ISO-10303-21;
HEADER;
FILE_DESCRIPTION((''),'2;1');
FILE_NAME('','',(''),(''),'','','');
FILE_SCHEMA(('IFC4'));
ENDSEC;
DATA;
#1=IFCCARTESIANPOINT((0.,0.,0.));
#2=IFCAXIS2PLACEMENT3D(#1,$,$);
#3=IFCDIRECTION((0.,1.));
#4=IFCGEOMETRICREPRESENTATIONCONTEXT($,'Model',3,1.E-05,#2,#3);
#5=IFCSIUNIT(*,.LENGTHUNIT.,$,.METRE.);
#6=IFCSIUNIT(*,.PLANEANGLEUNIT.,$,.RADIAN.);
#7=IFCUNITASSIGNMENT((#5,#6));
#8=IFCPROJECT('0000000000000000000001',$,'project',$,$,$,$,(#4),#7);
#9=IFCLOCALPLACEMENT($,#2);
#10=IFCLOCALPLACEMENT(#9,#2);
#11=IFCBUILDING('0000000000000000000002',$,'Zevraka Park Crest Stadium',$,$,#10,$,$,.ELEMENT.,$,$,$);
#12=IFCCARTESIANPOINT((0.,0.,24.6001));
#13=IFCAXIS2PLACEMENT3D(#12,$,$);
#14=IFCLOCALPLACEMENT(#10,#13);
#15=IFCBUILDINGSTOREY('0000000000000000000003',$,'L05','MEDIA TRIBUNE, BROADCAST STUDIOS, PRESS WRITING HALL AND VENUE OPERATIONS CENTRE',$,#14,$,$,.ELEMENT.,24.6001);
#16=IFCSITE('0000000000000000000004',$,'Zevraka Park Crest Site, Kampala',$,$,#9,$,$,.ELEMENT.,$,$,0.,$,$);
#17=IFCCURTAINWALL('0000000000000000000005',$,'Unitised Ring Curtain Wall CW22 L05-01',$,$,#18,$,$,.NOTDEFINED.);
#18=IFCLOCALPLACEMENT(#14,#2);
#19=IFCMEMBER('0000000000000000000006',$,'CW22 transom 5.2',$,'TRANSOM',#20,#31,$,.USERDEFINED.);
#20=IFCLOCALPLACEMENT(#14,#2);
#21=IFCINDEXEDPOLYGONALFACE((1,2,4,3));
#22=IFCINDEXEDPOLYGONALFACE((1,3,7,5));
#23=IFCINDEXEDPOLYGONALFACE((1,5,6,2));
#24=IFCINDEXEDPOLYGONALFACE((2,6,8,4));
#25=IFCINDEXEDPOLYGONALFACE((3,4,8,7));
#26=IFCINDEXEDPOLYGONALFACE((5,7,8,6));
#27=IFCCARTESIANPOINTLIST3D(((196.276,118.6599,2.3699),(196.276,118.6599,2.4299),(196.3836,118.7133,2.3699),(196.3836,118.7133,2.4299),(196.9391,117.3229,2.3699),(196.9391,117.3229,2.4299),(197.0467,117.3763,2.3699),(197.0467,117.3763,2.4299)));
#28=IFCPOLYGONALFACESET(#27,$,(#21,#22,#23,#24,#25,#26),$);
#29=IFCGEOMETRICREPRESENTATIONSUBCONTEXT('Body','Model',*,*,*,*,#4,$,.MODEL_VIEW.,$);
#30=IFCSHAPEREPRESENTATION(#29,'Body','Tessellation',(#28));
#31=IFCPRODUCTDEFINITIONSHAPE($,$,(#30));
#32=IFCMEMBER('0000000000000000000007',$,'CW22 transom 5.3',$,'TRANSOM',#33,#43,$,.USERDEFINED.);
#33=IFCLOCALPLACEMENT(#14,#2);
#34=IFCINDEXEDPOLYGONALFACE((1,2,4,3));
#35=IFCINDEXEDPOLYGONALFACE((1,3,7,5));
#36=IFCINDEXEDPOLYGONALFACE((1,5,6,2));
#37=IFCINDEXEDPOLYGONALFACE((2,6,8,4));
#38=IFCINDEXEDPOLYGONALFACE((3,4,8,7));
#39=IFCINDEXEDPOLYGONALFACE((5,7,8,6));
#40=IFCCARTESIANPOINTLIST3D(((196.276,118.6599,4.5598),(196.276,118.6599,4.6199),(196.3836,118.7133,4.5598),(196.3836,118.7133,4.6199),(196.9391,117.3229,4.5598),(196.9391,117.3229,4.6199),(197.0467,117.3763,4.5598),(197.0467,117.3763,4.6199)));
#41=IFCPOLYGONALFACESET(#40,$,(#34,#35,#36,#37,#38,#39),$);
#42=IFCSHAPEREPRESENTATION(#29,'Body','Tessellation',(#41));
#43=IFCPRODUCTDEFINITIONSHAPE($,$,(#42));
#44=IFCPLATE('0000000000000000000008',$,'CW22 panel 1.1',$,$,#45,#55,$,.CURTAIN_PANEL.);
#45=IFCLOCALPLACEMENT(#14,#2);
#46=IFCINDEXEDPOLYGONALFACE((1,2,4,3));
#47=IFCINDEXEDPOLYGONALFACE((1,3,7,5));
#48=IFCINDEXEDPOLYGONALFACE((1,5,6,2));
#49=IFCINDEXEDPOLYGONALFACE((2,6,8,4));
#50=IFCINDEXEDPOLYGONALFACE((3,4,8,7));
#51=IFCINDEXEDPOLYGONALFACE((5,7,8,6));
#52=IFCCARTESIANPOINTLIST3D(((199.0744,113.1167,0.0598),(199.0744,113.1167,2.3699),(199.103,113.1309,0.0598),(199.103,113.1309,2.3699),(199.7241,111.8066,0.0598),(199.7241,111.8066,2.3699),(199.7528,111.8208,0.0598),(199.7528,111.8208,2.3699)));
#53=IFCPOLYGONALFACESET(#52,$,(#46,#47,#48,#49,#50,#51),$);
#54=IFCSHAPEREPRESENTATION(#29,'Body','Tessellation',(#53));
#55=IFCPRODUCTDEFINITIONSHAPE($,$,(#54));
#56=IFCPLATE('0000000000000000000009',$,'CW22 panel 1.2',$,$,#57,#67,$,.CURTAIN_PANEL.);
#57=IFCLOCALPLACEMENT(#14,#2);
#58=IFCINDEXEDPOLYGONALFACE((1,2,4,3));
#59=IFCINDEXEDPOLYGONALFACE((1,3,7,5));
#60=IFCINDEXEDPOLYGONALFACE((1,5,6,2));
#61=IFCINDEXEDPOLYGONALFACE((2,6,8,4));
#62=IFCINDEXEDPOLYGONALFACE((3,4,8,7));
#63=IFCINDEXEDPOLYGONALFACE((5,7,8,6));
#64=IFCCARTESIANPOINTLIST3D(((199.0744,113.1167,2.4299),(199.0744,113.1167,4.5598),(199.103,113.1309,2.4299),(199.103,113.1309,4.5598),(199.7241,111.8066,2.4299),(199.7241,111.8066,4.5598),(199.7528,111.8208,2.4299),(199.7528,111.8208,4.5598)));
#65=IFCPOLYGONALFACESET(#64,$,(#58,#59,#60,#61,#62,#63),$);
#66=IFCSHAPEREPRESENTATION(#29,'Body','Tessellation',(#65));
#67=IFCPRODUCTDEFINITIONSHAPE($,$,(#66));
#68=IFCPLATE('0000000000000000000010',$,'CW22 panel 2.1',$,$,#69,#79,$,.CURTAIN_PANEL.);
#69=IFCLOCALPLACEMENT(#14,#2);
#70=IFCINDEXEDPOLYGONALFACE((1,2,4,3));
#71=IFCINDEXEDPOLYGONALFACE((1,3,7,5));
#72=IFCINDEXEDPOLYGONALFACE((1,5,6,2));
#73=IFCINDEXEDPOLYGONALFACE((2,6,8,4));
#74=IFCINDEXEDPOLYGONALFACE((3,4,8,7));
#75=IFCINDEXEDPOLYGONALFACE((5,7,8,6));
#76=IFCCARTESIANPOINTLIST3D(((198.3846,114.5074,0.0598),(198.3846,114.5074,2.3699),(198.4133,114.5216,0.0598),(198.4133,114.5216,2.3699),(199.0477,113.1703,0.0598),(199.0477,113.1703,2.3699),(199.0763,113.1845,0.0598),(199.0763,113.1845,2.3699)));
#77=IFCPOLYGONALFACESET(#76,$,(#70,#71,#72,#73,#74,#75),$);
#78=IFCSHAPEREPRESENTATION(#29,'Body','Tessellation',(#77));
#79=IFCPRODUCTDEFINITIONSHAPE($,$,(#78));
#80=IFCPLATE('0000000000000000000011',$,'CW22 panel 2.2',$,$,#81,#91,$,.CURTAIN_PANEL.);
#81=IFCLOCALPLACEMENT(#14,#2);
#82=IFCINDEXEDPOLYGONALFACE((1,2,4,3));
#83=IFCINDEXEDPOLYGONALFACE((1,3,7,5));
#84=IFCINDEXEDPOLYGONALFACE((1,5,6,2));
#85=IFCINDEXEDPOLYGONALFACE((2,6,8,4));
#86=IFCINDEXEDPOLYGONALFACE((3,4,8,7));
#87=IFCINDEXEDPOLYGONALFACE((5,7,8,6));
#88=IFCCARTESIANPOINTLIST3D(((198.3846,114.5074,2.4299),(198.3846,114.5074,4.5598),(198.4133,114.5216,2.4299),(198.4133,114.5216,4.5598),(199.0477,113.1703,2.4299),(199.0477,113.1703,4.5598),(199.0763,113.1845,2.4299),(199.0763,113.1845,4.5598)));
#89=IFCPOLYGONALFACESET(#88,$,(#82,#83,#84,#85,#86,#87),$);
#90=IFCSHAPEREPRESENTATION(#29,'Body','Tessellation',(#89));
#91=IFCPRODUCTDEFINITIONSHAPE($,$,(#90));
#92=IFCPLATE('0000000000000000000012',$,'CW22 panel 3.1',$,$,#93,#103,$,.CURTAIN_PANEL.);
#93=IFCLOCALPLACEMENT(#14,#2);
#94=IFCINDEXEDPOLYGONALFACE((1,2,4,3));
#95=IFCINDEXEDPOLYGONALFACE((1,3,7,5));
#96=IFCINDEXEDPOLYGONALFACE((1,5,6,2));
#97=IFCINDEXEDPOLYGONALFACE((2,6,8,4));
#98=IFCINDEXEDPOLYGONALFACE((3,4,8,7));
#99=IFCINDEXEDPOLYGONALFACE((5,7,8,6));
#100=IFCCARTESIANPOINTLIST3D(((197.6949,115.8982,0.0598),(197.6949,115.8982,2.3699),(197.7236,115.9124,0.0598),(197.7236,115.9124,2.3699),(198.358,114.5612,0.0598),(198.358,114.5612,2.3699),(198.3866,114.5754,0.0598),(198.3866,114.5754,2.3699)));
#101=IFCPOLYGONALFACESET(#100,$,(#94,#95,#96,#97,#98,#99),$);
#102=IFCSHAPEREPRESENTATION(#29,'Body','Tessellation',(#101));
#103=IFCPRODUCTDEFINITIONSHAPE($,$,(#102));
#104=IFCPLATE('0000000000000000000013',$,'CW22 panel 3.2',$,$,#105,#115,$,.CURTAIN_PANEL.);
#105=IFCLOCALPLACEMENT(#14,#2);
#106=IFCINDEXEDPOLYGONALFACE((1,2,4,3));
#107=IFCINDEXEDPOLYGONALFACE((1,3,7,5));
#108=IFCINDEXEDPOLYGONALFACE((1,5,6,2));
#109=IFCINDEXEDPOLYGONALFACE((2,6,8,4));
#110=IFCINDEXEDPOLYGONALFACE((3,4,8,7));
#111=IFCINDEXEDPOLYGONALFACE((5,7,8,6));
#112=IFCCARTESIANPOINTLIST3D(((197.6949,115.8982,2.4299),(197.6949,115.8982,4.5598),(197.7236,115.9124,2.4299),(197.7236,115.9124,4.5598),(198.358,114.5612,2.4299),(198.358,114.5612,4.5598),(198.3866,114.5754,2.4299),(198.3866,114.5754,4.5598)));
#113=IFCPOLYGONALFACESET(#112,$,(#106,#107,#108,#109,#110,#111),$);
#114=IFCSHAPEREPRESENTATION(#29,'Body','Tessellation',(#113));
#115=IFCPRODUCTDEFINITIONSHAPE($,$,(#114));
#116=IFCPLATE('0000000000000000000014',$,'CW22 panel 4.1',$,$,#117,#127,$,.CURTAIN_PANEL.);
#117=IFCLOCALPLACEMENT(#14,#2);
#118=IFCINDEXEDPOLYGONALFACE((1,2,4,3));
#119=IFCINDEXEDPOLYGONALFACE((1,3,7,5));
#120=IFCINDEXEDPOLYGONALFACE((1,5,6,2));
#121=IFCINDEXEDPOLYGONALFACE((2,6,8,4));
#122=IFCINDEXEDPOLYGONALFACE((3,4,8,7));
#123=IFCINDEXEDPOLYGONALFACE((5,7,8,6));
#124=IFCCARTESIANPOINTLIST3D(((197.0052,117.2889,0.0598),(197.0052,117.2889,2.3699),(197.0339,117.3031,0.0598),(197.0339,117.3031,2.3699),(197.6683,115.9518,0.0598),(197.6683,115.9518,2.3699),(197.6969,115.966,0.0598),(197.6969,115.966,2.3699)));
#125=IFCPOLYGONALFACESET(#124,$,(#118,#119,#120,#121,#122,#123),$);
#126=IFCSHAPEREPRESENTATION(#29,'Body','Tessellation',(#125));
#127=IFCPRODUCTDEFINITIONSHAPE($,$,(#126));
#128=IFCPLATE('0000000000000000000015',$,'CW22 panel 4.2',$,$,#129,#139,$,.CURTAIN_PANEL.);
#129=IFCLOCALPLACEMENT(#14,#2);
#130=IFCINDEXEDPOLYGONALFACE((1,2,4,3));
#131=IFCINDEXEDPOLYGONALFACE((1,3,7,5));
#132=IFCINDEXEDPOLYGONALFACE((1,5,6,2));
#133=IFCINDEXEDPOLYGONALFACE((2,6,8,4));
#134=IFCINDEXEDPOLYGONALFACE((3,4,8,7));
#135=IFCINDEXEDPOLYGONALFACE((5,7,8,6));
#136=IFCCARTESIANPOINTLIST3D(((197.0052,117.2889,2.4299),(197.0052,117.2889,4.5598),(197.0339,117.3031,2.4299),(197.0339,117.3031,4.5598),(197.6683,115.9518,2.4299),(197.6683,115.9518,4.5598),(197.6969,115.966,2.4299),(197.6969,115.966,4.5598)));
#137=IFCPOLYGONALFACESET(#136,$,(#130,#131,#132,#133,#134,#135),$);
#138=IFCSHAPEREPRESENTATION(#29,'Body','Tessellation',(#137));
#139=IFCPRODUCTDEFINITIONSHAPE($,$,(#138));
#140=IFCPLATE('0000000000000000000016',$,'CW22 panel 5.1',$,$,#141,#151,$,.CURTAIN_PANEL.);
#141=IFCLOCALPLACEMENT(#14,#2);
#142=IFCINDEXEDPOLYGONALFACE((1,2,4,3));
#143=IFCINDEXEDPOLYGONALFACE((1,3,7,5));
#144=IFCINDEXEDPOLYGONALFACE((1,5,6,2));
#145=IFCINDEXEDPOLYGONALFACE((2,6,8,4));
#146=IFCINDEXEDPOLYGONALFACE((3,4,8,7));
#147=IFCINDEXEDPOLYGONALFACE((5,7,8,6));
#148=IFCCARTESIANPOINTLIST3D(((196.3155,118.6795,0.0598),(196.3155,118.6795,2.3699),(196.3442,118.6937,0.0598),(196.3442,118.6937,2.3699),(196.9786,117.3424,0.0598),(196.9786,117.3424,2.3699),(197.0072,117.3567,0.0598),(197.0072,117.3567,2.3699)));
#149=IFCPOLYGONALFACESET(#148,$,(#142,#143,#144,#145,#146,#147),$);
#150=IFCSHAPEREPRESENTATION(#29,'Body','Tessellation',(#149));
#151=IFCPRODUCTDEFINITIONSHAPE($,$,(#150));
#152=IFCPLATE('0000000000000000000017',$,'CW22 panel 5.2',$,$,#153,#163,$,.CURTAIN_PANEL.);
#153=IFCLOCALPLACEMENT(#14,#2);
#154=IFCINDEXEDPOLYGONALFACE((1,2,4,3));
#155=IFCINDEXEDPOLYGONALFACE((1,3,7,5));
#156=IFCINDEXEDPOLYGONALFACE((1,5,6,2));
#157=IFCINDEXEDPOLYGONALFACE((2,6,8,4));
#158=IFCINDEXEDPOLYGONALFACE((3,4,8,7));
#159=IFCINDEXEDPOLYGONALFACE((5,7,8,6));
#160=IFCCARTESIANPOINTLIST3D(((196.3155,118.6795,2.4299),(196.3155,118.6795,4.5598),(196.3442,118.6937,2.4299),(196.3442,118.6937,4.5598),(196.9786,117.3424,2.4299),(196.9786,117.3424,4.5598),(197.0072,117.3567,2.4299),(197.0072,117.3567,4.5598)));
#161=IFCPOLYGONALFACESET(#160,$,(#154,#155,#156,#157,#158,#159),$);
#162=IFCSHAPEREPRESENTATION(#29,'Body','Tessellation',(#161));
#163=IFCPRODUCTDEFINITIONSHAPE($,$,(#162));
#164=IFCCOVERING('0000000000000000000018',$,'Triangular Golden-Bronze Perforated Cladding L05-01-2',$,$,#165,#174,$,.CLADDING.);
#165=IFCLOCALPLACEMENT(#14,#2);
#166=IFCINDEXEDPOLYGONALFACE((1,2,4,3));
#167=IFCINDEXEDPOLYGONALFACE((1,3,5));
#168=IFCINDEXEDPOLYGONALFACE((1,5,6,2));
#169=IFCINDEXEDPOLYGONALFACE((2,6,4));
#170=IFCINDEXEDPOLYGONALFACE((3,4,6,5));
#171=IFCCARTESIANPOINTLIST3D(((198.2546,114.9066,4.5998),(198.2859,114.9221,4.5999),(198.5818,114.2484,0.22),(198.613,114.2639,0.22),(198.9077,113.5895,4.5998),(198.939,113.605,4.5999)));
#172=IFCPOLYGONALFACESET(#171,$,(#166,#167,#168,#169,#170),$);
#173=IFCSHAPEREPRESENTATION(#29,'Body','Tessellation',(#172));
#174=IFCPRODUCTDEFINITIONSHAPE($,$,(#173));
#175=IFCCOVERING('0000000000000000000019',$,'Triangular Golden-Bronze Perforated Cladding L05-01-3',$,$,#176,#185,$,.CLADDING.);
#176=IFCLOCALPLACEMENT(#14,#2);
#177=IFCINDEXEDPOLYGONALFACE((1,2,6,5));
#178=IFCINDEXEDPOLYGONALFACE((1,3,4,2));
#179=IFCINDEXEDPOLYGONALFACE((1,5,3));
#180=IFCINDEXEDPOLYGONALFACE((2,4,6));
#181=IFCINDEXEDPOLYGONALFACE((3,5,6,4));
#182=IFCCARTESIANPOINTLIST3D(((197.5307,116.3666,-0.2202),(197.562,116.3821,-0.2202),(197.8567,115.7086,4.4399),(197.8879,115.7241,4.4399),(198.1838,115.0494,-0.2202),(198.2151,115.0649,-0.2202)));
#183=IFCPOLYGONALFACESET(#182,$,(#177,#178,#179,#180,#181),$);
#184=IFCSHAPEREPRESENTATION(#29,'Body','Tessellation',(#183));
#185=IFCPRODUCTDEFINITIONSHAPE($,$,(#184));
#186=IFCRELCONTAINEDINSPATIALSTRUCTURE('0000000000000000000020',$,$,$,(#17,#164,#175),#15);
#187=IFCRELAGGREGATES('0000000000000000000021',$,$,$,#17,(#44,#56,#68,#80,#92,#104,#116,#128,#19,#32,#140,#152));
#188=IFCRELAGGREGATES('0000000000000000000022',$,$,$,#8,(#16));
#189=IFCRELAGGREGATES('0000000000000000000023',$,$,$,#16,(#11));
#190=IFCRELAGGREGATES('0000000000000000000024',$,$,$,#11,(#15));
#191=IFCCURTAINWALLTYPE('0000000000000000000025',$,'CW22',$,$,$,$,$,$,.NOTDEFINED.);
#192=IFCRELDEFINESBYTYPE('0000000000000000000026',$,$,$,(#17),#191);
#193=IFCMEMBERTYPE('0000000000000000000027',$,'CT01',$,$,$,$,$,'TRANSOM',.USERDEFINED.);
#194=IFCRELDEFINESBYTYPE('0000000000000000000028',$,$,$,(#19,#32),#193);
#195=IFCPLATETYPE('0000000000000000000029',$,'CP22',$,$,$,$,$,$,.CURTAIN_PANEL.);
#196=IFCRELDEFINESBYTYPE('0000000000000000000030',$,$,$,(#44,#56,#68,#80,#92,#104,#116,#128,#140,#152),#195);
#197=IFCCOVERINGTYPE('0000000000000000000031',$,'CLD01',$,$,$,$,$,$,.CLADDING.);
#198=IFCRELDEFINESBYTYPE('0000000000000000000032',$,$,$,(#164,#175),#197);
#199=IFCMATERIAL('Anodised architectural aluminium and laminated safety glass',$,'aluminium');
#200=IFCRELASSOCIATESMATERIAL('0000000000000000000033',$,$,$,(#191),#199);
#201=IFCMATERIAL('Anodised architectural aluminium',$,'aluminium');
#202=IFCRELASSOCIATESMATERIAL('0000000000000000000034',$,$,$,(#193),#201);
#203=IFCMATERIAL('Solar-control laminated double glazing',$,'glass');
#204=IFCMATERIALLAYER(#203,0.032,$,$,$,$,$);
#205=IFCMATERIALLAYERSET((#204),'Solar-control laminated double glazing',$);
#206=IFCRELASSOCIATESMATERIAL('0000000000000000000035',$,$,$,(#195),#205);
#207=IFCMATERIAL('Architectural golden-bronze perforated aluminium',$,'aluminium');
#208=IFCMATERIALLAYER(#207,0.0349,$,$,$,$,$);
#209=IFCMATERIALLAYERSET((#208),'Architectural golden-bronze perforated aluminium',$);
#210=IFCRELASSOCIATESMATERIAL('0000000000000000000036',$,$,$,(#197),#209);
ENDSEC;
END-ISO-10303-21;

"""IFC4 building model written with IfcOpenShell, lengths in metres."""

from ifc_helpers import new_model, si_unit, direction, frame, origin, origin_2d, place, context, subcontext, project, spatial, polyline, rectangle, outline, extrude, material, layer, layer_set, material_profile, profile_set, type_object, element, aggregate, save


model = new_model("IFC4")

# Units and contexts
model_context = context("Model", 3, precision=1e-05, world=origin(), true_north=direction((0.0, 1.0)))
body_context = subcontext(model_context, "Body", "Model", "MODEL_VIEW")
ifc_project = project(units=[si_unit("LENGTHUNIT", "METRE"), si_unit("PLANEANGLEUNIT", "RADIAN")], contexts=[model_context])

# Site, building, storey
site_placement = place(None, origin())
site = spatial("IfcSite", under=ifc_project, at=site_placement, Name="Zevraka Park Crest Site, Kampala", CompositionType="ELEMENT", RefElevation=0.0)
building_placement = place(site_placement, origin())
building = spatial("IfcBuilding", under=site, at=building_placement, Name="Zevraka Park Crest Stadium", CompositionType="ELEMENT")
storey_placement = place(building_placement, frame((0.0, 0.0, 24.6001)))
storey = spatial("IfcBuildingStorey", under=building, at=storey_placement, Name="L05", Description="MEDIA TRIBUNE, BROADCAST STUDIOS, PRESS WRITING HALL AND VENUE OPERATIONS CENTRE", CompositionType="ELEMENT", Elevation=24.6001)

# Curtain wall, members, plates
ifc_material_1 = material(Name="Anodised architectural aluminium and laminated safety glass", Category="aluminium")
curtain_wall_type = type_object("IfcCurtainWallType", Name="CW22", PredefinedType="NOTDEFINED", material=ifc_material_1)
curtain_wall_placement = place(storey_placement, origin())
curtain_wall = element("IfcCurtainWall", 1, at=curtain_wall_placement, inside=storey, type_object=curtain_wall_type, Name="Unitised Ring Curtain Wall CW22 L05-01", PredefinedType="NOTDEFINED")
ifc_material_2 = material(Name="Anodised architectural aluminium", Category="aluminium")
ifc_material_profile_1 = material_profile(ifc_material_2, rectangle(XDim=0.1201, YDim=0.0601, at=origin_2d()), Name="ALU TRANSOM 120x60")
ifc_profile_set_1 = profile_set([ifc_material_profile_1], Name="Anodised architectural aluminium")
member_type_1 = type_object("IfcMemberType", Name="CT01", ElementType="TRANSOM", PredefinedType="USERDEFINED", material=ifc_profile_set_1)
member_1_placement = place(storey_placement, frame((196.9929, 117.3496, 2.3999), z_axis=(-0.444332, 0.895862, 0.0), x_axis=(-0.895862, -0.444332, 0.0)))
member_1 = element("IfcMember", 2, at=member_1_placement, type_object=member_type_1, Name="CW22 transom 5.2", ObjectType="TRANSOM", PredefinedType="USERDEFINED", context=body_context, shape_type="SweptSolid", body=[
    extrude(rectangle(XDim=0.1201, YDim=0.0601, at=origin_2d()), origin(), (0.0, 0.0, 1.0), 1.4924),
])
member_2_placement = place(storey_placement, frame((196.9929, 117.3496, 4.5898), z_axis=(-0.444332, 0.895862, 0.0), x_axis=(-0.895862, -0.444332, 0.0)))
member_2 = element("IfcMember", 3, at=member_2_placement, type_object=member_type_1, Name="CW22 transom 5.3", ObjectType="TRANSOM", PredefinedType="USERDEFINED", context=body_context, shape_type="SweptSolid", body=[
    extrude(rectangle(XDim=0.1201, YDim=0.0601, at=origin_2d()), origin(), (0.0, 0.0, 1.0), 1.4924),
])
ifc_material_3 = material(Name="Solar-control laminated double glazing", Category="glass")
ifc_layer_1 = layer(ifc_material_3, 0.032)
ifc_layer_set_1 = layer_set([ifc_layer_1], Name="Solar-control laminated double glazing")
plate_type = type_object("IfcPlateType", Name="CP22", PredefinedType="CURTAIN_PANEL", material=ifc_layer_set_1)
plate_1_placement = place(storey_placement, frame((199.4136, 112.4688, 0.0598), z_axis=(0.0, 0.0, 1.0), x_axis=(-0.444297, 0.895879, 0.0)))
plate_1 = element("IfcPlate", 4, at=plate_1_placement, type_object=plate_type, Name="CW22 panel 1.1", PredefinedType="CURTAIN_PANEL", context=body_context, shape_type="SweptSolid", body=[
    extrude(rectangle(XDim=1.4624, YDim=0.032, at=origin_2d()), origin(), (0.0, 0.0, 1.0), 2.3101),
])
plate_2_placement = place(storey_placement, frame((199.4136, 112.4688, 2.4299), z_axis=(0.0, 0.0, 1.0), x_axis=(-0.444297, 0.895879, 0.0)))
plate_2 = element("IfcPlate", 5, at=plate_2_placement, type_object=plate_type, Name="CW22 panel 1.2", PredefinedType="CURTAIN_PANEL", context=body_context, shape_type="SweptSolid", body=[
    extrude(rectangle(XDim=1.4624, YDim=0.032, at=origin_2d()), origin(), (0.0, 0.0, 1.0), 2.1299),
])
plate_3_placement = place(storey_placement, frame((198.7305, 113.8459, 0.0598), z_axis=(0.0, 0.0, 1.0), x_axis=(-0.444297, 0.895879, 0.0)))
plate_3 = element("IfcPlate", 6, at=plate_3_placement, type_object=plate_type, Name="CW22 panel 2.1", PredefinedType="CURTAIN_PANEL", context=body_context, shape_type="SweptSolid", body=[
    extrude(rectangle(XDim=1.4924, YDim=0.032, at=origin_2d()), origin(), (0.0, 0.0, 1.0), 2.3101),
])
plate_4_placement = place(storey_placement, frame((198.7305, 113.8459, 2.4299), z_axis=(0.0, 0.0, 1.0), x_axis=(-0.444297, 0.895879, 0.0)))
plate_4 = element("IfcPlate", 7, at=plate_4_placement, type_object=plate_type, Name="CW22 panel 2.2", PredefinedType="CURTAIN_PANEL", context=body_context, shape_type="SweptSolid", body=[
    extrude(rectangle(XDim=1.4924, YDim=0.032, at=origin_2d()), origin(), (0.0, 0.0, 1.0), 2.1299),
])
plate_5_placement = place(storey_placement, frame((198.0408, 115.2368, 0.0598), z_axis=(0.0, 0.0, 1.0), x_axis=(-0.444297, 0.895879, 0.0)))
plate_5 = element("IfcPlate", 8, at=plate_5_placement, type_object=plate_type, Name="CW22 panel 3.1", PredefinedType="CURTAIN_PANEL", context=body_context, shape_type="SweptSolid", body=[
    extrude(rectangle(XDim=1.4924, YDim=0.032, at=origin_2d()), origin(), (0.0, 0.0, 1.0), 2.3101),
])
plate_6_placement = place(storey_placement, frame((198.0408, 115.2368, 2.4299), z_axis=(0.0, 0.0, 1.0), x_axis=(-0.444297, 0.895879, 0.0)))
plate_6 = element("IfcPlate", 9, at=plate_6_placement, type_object=plate_type, Name="CW22 panel 3.2", PredefinedType="CURTAIN_PANEL", context=body_context, shape_type="SweptSolid", body=[
    extrude(rectangle(XDim=1.4924, YDim=0.032, at=origin_2d()), origin(), (0.0, 0.0, 1.0), 2.1299),
])
plate_7_placement = place(storey_placement, frame((197.3511, 116.6274, 0.0598), z_axis=(0.0, 0.0, 1.0), x_axis=(-0.444297, 0.895879, 0.0)))
plate_7 = element("IfcPlate", 10, at=plate_7_placement, type_object=plate_type, Name="CW22 panel 4.1", PredefinedType="CURTAIN_PANEL", context=body_context, shape_type="SweptSolid", body=[
    extrude(rectangle(XDim=1.4924, YDim=0.032, at=origin_2d()), origin(), (0.0, 0.0, 1.0), 2.3101),
])
plate_8_placement = place(storey_placement, frame((197.3511, 116.6274, 2.4299), z_axis=(0.0, 0.0, 1.0), x_axis=(-0.444297, 0.895879, 0.0)))
plate_8 = element("IfcPlate", 11, at=plate_8_placement, type_object=plate_type, Name="CW22 panel 4.2", PredefinedType="CURTAIN_PANEL", context=body_context, shape_type="SweptSolid", body=[
    extrude(rectangle(XDim=1.4924, YDim=0.032, at=origin_2d()), origin(), (0.0, 0.0, 1.0), 2.1299),
])
plate_9_placement = place(storey_placement, frame((196.6614, 118.0181, 0.0598), z_axis=(0.0, 0.0, 1.0), x_axis=(-0.444297, 0.895879, 0.0)))
plate_9 = element("IfcPlate", 12, at=plate_9_placement, type_object=plate_type, Name="CW22 panel 5.1", PredefinedType="CURTAIN_PANEL", context=body_context, shape_type="SweptSolid", body=[
    extrude(rectangle(XDim=1.4924, YDim=0.032, at=origin_2d()), origin(), (0.0, 0.0, 1.0), 2.3101),
])
plate_10_placement = place(storey_placement, frame((196.6614, 118.0181, 2.4299), z_axis=(0.0, 0.0, 1.0), x_axis=(-0.444297, 0.895879, 0.0)))
plate_10 = element("IfcPlate", 13, at=plate_10_placement, type_object=plate_type, Name="CW22 panel 5.2", PredefinedType="CURTAIN_PANEL", context=body_context, shape_type="SweptSolid", body=[
    extrude(rectangle(XDim=1.4924, YDim=0.032, at=origin_2d()), origin(), (0.0, 0.0, 1.0), 2.1299),
])
aggregate(curtain_wall, [plate_1, plate_2, plate_3, plate_4, plate_5, plate_6, plate_7, plate_8, member_1, member_2, plate_9, plate_10])

# Coverings
ifc_material_4 = material(Name="Architectural golden-bronze perforated aluminium", Category="aluminium")
ifc_layer_2 = layer(ifc_material_4, 0.0349)
ifc_layer_set_2 = layer_set([ifc_layer_2], Name="Architectural golden-bronze perforated aluminium")
covering_type = type_object("IfcCoveringType", Name="CLD01", PredefinedType="CLADDING", material=ifc_layer_set_2)
covering_1_placement = place(storey_placement, frame((198.2859, 114.9221, 4.5999), z_axis=(0.895917, 0.444222, 0.000162), x_axis=(0.444222, -0.895917, 0.0)))
element("IfcCovering", 14, at=covering_1_placement, inside=storey, type_object=covering_type, Name="Triangular Golden-Bronze Perforated Cladding L05-01-2", PredefinedType="CLADDING", context=body_context, shape_type="SweptSolid", body=[
    extrude(outline(polyline([(0.0, 0.0), (1.4702, 0.0), (0.735, 4.3799), (0.0, 0.0)])), origin(), (0.0, 0.0, -1.0), 0.0349),
])
covering_2_placement = place(storey_placement, frame((198.2151, 115.0649, -0.2202), z_axis=(0.895917, 0.444222, 0.000059), x_axis=(-0.444222, 0.895917, 0.0)))
element("IfcCovering", 15, at=covering_2_placement, inside=storey, type_object=covering_type, Name="Triangular Golden-Bronze Perforated Cladding L05-01-3", PredefinedType="CLADDING", context=body_context, shape_type="SweptSolid", body=[
    extrude(outline(polyline([(0.0, 0.0), (1.4702, 0.0), (0.7359, 4.6602), (0.0, 0.0)])), origin(), (0.0, 0.0, -1.0), 0.0349),
])

save(model, "model.ifc")
